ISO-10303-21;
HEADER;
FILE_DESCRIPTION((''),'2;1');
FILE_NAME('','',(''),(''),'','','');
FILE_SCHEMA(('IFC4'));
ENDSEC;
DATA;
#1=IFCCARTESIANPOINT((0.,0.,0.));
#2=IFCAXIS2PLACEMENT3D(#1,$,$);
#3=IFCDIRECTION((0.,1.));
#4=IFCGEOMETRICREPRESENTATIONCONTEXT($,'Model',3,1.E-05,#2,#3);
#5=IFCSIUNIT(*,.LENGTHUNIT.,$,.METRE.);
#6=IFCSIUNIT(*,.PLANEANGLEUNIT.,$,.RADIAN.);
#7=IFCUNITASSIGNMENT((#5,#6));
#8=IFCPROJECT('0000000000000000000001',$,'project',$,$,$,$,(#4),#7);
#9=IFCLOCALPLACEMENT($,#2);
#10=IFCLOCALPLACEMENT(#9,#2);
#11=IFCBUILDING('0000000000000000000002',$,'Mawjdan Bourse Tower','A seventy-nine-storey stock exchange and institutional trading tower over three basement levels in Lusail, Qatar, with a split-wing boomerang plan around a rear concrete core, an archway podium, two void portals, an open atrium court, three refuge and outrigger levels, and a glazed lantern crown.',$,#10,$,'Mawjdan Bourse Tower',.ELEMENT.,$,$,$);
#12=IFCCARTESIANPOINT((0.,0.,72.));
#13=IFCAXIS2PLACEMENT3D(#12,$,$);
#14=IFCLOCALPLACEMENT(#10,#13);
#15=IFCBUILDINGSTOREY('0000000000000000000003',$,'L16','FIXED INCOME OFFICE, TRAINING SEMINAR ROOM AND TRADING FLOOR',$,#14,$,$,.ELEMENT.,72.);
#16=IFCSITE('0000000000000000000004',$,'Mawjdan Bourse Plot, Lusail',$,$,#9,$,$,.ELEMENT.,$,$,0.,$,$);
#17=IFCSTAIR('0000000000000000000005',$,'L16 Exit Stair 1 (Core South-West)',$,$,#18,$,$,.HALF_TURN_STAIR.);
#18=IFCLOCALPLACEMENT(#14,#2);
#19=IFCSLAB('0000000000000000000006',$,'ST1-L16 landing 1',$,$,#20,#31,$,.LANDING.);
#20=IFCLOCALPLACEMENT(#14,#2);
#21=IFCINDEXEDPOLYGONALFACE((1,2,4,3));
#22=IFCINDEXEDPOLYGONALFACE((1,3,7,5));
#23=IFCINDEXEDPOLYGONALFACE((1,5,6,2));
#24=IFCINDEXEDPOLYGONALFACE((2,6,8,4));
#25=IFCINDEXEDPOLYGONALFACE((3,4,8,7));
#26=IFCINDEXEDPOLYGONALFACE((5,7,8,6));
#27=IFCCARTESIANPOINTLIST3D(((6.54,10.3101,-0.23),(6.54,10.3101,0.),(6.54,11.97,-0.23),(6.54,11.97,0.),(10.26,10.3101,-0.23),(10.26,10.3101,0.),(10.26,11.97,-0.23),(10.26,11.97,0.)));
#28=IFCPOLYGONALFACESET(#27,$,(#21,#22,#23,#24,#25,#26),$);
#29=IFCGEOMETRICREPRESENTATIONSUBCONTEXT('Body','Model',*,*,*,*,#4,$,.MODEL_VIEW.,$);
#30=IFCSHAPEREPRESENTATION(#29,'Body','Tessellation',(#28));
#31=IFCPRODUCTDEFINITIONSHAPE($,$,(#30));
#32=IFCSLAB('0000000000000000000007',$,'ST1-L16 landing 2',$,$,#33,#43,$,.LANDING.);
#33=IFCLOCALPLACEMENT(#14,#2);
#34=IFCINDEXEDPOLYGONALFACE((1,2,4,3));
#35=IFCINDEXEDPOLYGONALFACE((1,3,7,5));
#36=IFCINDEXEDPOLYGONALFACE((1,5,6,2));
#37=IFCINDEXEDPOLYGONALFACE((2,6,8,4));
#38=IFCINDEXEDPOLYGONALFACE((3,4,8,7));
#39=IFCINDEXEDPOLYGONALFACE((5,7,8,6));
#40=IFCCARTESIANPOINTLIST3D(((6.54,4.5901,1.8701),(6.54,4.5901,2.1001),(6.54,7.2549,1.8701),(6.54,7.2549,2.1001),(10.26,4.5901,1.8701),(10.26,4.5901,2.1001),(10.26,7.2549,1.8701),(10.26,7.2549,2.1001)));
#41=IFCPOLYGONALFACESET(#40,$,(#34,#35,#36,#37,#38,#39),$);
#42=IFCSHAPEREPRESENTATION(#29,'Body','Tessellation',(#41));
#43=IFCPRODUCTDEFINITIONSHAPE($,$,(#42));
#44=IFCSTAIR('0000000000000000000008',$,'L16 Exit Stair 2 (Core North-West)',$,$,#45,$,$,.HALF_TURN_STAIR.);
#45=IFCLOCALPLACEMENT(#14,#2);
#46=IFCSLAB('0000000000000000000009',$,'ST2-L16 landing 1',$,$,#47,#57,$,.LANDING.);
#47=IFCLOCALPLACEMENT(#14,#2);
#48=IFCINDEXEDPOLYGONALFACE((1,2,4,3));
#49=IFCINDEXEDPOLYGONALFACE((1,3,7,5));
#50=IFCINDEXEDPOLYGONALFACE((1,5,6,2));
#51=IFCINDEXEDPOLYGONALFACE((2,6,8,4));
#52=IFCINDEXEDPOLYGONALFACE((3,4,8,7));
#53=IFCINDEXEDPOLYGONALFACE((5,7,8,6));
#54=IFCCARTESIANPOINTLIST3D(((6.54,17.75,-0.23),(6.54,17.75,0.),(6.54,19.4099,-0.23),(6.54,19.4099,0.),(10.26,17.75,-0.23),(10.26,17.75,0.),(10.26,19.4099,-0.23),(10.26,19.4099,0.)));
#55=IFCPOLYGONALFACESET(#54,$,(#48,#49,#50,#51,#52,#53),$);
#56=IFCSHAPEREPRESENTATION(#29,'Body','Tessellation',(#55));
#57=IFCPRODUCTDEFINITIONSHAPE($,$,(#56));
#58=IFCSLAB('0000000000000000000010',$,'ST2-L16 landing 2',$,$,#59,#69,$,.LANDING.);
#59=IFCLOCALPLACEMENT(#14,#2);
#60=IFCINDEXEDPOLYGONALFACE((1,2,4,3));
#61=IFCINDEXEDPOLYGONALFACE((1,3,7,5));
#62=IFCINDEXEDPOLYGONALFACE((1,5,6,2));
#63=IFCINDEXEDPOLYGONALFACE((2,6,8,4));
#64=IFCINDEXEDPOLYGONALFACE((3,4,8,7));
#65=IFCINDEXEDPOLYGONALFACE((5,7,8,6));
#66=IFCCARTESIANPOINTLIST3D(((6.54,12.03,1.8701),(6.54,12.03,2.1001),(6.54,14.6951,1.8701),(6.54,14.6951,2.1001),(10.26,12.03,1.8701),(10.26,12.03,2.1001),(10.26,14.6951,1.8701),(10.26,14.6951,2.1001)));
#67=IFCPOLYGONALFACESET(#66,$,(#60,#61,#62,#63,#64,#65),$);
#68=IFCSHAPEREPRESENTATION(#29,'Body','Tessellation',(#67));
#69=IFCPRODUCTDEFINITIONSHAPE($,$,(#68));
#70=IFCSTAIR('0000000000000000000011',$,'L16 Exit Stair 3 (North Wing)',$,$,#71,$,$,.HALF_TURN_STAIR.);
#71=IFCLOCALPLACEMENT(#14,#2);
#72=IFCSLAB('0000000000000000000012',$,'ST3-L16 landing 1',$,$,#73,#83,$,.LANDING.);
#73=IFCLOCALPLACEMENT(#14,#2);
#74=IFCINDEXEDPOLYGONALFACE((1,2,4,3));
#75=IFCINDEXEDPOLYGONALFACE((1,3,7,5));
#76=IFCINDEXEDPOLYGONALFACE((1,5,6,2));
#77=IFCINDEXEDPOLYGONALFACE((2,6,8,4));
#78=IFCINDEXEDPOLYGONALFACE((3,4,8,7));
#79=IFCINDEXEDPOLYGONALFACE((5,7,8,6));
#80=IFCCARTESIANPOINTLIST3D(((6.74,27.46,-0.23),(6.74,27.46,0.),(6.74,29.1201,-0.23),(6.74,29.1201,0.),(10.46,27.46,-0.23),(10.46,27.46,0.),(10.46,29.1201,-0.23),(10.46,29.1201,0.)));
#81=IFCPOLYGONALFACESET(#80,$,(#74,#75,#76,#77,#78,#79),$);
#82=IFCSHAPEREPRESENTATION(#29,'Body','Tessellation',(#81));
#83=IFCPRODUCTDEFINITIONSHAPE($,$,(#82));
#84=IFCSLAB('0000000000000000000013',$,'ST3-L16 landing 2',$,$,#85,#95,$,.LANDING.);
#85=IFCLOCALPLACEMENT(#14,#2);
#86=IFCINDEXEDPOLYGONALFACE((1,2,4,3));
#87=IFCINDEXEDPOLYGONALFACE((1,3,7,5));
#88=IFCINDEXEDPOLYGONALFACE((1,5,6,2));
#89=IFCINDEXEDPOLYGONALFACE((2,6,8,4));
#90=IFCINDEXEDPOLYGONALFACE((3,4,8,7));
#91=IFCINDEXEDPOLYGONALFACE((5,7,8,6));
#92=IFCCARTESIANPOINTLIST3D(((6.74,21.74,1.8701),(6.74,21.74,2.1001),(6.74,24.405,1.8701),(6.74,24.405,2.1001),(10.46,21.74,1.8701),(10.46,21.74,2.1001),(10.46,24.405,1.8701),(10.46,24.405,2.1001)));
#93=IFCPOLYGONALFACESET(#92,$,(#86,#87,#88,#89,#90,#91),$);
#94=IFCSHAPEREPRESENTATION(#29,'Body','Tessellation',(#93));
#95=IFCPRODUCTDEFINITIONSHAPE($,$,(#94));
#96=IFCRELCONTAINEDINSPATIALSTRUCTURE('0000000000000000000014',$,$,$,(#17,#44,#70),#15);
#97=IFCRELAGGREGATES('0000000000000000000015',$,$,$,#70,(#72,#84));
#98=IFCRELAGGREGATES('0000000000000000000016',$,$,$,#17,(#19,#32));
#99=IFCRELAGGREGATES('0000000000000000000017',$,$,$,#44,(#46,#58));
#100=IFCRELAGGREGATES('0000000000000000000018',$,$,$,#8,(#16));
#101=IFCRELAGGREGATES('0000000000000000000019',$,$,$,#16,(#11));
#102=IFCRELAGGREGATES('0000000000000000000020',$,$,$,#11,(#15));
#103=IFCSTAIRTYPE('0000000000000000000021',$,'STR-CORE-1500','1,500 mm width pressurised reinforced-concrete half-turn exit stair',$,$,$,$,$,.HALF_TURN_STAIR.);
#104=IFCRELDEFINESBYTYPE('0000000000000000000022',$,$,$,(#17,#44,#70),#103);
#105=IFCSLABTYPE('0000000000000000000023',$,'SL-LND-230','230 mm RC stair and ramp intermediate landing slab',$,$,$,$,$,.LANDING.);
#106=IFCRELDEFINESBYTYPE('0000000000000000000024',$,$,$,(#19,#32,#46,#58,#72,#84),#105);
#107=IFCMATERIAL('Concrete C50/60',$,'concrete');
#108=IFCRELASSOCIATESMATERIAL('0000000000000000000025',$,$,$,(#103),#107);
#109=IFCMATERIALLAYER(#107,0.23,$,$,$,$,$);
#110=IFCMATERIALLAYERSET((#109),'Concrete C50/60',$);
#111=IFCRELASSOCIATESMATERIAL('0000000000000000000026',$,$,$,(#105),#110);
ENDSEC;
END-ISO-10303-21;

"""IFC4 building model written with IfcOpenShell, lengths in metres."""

from ifc_helpers import new_model, si_unit, direction, frame, origin, place, context, subcontext, project, spatial, polyline, outline, extrude, material, layer, layer_set, type_object, element, aggregate, save


model = new_model("IFC4")

# Units and contexts
model_context = context("Model", 3, precision=1e-05, world=origin(), true_north=direction((0.0, 1.0)))
body_context = subcontext(model_context, "Body", "Model", "MODEL_VIEW")
ifc_project = project(units=[si_unit("LENGTHUNIT", "METRE"), si_unit("PLANEANGLEUNIT", "RADIAN")], contexts=[model_context])

# Site, building, storey
site_placement = place(None, origin())
site = spatial("IfcSite", under=ifc_project, at=site_placement, Name="Mawjdan Bourse Plot, Lusail", CompositionType="ELEMENT", RefElevation=0.0)
building_placement = place(site_placement, origin())
building = spatial("IfcBuilding", under=site, at=building_placement, Name="Mawjdan Bourse Tower", Description="A seventy-nine-storey stock exchange and institutional trading tower over three basement levels in Lusail, Qatar, with a split-wing boomerang plan around a rear concrete core, an archway podium, two void portals, an open atrium court, three refuge and outrigger levels, and a glazed lantern crown.", LongName="Mawjdan Bourse Tower", CompositionType="ELEMENT")
storey_placement = place(building_placement, frame((0.0, 0.0, 72.0)))
storey = spatial("IfcBuildingStorey", under=building, at=storey_placement, Name="L16", Description="FIXED INCOME OFFICE, TRAINING SEMINAR ROOM AND TRADING FLOOR", CompositionType="ELEMENT", Elevation=72.0)

# Stairs, slabs
ifc_material_1 = material(Name="Concrete C50/60", Category="concrete")
stair_type = type_object("IfcStairType", Name="STR-CORE-1500", Description="1,500 mm width pressurised reinforced-concrete half-turn exit stair", PredefinedType="HALF_TURN_STAIR", material=ifc_material_1)
stair_1_placement = place(storey_placement, origin())
stair_1 = element("IfcStair", 1, at=stair_1_placement, inside=storey, type_object=stair_type, Name="L16 Exit Stair 1 (Core South-West)", PredefinedType="HALF_TURN_STAIR")
ifc_layer_1 = layer(ifc_material_1, 0.23)
ifc_layer_set_1 = layer_set([ifc_layer_1], Name="Concrete C50/60")
slab_type_1 = type_object("IfcSlabType", Name="SL-LND-230", Description="230 mm RC stair and ramp intermediate landing slab", PredefinedType="LANDING", material=ifc_layer_set_1)
slab_1_placement = place(storey_placement, frame((0.0, 0.0, -0.23)))
slab_1 = element("IfcSlab", 2, at=slab_1_placement, type_object=slab_type_1, Name="ST1-L16 landing 1", PredefinedType="LANDING", context=body_context, shape_type="SweptSolid", body=[
    extrude(outline(polyline([(6.54, 10.3101), (10.26, 10.3101), (10.26, 11.97), (6.54, 11.97), (6.54, 10.3101)])), origin(), (0.0, 0.0, 1.0), 0.23),
])
slab_2_placement = place(storey_placement, frame((0.0, 0.0, 1.8701)))
slab_2 = element("IfcSlab", 3, at=slab_2_placement, type_object=slab_type_1, Name="ST1-L16 landing 2", PredefinedType="LANDING", context=body_context, shape_type="SweptSolid", body=[
    extrude(outline(polyline([(6.54, 4.5901), (10.26, 4.5901), (10.26, 7.2549), (6.54, 7.2549), (6.54, 4.5901)])), origin(), (0.0, 0.0, 1.0), 0.23),
])
stair_2_placement = place(storey_placement, origin())
stair_2 = element("IfcStair", 4, at=stair_2_placement, inside=storey, type_object=stair_type, Name="L16 Exit Stair 2 (Core North-West)", PredefinedType="HALF_TURN_STAIR")
slab_3_placement = place(storey_placement, frame((0.0, 0.0, -0.23)))
slab_3 = element("IfcSlab", 5, at=slab_3_placement, type_object=slab_type_1, Name="ST2-L16 landing 1", PredefinedType="LANDING", context=body_context, shape_type="SweptSolid", body=[
    extrude(outline(polyline([(6.54, 17.75), (10.26, 17.75), (10.26, 19.4099), (6.54, 19.4099), (6.54, 17.75)])), origin(), (0.0, 0.0, 1.0), 0.23),
])
slab_4_placement = place(storey_placement, frame((0.0, 0.0, 1.8701)))
slab_4 = element("IfcSlab", 6, at=slab_4_placement, type_object=slab_type_1, Name="ST2-L16 landing 2", PredefinedType="LANDING", context=body_context, shape_type="SweptSolid", body=[
    extrude(outline(polyline([(6.54, 12.03), (10.26, 12.03), (10.26, 14.6951), (6.54, 14.6951), (6.54, 12.03)])), origin(), (0.0, 0.0, 1.0), 0.23),
])
stair_3_placement = place(storey_placement, origin())
stair_3 = element("IfcStair", 7, at=stair_3_placement, inside=storey, type_object=stair_type, Name="L16 Exit Stair 3 (North Wing)", PredefinedType="HALF_TURN_STAIR")
slab_5_placement = place(storey_placement, frame((0.0, 0.0, -0.23)))
slab_5 = element("IfcSlab", 8, at=slab_5_placement, type_object=slab_type_1, Name="ST3-L16 landing 1", PredefinedType="LANDING", context=body_context, shape_type="SweptSolid", body=[
    extrude(outline(polyline([(6.74, 27.46), (10.46, 27.46), (10.46, 29.1201), (6.74, 29.1201), (6.74, 27.46)])), origin(), (0.0, 0.0, 1.0), 0.23),
])
slab_6_placement = place(storey_placement, frame((0.0, 0.0, 1.8701)))
slab_6 = element("IfcSlab", 9, at=slab_6_placement, type_object=slab_type_1, Name="ST3-L16 landing 2", PredefinedType="LANDING", context=body_context, shape_type="SweptSolid", body=[
    extrude(outline(polyline([(6.74, 21.74), (10.46, 21.74), (10.46, 24.405), (6.74, 24.405), (6.74, 21.74)])), origin(), (0.0, 0.0, 1.0), 0.23),
])
aggregate(stair_3, [slab_5, slab_6])

aggregate(stair_1, [slab_1, slab_2])
aggregate(stair_2, [slab_3, slab_4])

save(model, "model.ifc")
